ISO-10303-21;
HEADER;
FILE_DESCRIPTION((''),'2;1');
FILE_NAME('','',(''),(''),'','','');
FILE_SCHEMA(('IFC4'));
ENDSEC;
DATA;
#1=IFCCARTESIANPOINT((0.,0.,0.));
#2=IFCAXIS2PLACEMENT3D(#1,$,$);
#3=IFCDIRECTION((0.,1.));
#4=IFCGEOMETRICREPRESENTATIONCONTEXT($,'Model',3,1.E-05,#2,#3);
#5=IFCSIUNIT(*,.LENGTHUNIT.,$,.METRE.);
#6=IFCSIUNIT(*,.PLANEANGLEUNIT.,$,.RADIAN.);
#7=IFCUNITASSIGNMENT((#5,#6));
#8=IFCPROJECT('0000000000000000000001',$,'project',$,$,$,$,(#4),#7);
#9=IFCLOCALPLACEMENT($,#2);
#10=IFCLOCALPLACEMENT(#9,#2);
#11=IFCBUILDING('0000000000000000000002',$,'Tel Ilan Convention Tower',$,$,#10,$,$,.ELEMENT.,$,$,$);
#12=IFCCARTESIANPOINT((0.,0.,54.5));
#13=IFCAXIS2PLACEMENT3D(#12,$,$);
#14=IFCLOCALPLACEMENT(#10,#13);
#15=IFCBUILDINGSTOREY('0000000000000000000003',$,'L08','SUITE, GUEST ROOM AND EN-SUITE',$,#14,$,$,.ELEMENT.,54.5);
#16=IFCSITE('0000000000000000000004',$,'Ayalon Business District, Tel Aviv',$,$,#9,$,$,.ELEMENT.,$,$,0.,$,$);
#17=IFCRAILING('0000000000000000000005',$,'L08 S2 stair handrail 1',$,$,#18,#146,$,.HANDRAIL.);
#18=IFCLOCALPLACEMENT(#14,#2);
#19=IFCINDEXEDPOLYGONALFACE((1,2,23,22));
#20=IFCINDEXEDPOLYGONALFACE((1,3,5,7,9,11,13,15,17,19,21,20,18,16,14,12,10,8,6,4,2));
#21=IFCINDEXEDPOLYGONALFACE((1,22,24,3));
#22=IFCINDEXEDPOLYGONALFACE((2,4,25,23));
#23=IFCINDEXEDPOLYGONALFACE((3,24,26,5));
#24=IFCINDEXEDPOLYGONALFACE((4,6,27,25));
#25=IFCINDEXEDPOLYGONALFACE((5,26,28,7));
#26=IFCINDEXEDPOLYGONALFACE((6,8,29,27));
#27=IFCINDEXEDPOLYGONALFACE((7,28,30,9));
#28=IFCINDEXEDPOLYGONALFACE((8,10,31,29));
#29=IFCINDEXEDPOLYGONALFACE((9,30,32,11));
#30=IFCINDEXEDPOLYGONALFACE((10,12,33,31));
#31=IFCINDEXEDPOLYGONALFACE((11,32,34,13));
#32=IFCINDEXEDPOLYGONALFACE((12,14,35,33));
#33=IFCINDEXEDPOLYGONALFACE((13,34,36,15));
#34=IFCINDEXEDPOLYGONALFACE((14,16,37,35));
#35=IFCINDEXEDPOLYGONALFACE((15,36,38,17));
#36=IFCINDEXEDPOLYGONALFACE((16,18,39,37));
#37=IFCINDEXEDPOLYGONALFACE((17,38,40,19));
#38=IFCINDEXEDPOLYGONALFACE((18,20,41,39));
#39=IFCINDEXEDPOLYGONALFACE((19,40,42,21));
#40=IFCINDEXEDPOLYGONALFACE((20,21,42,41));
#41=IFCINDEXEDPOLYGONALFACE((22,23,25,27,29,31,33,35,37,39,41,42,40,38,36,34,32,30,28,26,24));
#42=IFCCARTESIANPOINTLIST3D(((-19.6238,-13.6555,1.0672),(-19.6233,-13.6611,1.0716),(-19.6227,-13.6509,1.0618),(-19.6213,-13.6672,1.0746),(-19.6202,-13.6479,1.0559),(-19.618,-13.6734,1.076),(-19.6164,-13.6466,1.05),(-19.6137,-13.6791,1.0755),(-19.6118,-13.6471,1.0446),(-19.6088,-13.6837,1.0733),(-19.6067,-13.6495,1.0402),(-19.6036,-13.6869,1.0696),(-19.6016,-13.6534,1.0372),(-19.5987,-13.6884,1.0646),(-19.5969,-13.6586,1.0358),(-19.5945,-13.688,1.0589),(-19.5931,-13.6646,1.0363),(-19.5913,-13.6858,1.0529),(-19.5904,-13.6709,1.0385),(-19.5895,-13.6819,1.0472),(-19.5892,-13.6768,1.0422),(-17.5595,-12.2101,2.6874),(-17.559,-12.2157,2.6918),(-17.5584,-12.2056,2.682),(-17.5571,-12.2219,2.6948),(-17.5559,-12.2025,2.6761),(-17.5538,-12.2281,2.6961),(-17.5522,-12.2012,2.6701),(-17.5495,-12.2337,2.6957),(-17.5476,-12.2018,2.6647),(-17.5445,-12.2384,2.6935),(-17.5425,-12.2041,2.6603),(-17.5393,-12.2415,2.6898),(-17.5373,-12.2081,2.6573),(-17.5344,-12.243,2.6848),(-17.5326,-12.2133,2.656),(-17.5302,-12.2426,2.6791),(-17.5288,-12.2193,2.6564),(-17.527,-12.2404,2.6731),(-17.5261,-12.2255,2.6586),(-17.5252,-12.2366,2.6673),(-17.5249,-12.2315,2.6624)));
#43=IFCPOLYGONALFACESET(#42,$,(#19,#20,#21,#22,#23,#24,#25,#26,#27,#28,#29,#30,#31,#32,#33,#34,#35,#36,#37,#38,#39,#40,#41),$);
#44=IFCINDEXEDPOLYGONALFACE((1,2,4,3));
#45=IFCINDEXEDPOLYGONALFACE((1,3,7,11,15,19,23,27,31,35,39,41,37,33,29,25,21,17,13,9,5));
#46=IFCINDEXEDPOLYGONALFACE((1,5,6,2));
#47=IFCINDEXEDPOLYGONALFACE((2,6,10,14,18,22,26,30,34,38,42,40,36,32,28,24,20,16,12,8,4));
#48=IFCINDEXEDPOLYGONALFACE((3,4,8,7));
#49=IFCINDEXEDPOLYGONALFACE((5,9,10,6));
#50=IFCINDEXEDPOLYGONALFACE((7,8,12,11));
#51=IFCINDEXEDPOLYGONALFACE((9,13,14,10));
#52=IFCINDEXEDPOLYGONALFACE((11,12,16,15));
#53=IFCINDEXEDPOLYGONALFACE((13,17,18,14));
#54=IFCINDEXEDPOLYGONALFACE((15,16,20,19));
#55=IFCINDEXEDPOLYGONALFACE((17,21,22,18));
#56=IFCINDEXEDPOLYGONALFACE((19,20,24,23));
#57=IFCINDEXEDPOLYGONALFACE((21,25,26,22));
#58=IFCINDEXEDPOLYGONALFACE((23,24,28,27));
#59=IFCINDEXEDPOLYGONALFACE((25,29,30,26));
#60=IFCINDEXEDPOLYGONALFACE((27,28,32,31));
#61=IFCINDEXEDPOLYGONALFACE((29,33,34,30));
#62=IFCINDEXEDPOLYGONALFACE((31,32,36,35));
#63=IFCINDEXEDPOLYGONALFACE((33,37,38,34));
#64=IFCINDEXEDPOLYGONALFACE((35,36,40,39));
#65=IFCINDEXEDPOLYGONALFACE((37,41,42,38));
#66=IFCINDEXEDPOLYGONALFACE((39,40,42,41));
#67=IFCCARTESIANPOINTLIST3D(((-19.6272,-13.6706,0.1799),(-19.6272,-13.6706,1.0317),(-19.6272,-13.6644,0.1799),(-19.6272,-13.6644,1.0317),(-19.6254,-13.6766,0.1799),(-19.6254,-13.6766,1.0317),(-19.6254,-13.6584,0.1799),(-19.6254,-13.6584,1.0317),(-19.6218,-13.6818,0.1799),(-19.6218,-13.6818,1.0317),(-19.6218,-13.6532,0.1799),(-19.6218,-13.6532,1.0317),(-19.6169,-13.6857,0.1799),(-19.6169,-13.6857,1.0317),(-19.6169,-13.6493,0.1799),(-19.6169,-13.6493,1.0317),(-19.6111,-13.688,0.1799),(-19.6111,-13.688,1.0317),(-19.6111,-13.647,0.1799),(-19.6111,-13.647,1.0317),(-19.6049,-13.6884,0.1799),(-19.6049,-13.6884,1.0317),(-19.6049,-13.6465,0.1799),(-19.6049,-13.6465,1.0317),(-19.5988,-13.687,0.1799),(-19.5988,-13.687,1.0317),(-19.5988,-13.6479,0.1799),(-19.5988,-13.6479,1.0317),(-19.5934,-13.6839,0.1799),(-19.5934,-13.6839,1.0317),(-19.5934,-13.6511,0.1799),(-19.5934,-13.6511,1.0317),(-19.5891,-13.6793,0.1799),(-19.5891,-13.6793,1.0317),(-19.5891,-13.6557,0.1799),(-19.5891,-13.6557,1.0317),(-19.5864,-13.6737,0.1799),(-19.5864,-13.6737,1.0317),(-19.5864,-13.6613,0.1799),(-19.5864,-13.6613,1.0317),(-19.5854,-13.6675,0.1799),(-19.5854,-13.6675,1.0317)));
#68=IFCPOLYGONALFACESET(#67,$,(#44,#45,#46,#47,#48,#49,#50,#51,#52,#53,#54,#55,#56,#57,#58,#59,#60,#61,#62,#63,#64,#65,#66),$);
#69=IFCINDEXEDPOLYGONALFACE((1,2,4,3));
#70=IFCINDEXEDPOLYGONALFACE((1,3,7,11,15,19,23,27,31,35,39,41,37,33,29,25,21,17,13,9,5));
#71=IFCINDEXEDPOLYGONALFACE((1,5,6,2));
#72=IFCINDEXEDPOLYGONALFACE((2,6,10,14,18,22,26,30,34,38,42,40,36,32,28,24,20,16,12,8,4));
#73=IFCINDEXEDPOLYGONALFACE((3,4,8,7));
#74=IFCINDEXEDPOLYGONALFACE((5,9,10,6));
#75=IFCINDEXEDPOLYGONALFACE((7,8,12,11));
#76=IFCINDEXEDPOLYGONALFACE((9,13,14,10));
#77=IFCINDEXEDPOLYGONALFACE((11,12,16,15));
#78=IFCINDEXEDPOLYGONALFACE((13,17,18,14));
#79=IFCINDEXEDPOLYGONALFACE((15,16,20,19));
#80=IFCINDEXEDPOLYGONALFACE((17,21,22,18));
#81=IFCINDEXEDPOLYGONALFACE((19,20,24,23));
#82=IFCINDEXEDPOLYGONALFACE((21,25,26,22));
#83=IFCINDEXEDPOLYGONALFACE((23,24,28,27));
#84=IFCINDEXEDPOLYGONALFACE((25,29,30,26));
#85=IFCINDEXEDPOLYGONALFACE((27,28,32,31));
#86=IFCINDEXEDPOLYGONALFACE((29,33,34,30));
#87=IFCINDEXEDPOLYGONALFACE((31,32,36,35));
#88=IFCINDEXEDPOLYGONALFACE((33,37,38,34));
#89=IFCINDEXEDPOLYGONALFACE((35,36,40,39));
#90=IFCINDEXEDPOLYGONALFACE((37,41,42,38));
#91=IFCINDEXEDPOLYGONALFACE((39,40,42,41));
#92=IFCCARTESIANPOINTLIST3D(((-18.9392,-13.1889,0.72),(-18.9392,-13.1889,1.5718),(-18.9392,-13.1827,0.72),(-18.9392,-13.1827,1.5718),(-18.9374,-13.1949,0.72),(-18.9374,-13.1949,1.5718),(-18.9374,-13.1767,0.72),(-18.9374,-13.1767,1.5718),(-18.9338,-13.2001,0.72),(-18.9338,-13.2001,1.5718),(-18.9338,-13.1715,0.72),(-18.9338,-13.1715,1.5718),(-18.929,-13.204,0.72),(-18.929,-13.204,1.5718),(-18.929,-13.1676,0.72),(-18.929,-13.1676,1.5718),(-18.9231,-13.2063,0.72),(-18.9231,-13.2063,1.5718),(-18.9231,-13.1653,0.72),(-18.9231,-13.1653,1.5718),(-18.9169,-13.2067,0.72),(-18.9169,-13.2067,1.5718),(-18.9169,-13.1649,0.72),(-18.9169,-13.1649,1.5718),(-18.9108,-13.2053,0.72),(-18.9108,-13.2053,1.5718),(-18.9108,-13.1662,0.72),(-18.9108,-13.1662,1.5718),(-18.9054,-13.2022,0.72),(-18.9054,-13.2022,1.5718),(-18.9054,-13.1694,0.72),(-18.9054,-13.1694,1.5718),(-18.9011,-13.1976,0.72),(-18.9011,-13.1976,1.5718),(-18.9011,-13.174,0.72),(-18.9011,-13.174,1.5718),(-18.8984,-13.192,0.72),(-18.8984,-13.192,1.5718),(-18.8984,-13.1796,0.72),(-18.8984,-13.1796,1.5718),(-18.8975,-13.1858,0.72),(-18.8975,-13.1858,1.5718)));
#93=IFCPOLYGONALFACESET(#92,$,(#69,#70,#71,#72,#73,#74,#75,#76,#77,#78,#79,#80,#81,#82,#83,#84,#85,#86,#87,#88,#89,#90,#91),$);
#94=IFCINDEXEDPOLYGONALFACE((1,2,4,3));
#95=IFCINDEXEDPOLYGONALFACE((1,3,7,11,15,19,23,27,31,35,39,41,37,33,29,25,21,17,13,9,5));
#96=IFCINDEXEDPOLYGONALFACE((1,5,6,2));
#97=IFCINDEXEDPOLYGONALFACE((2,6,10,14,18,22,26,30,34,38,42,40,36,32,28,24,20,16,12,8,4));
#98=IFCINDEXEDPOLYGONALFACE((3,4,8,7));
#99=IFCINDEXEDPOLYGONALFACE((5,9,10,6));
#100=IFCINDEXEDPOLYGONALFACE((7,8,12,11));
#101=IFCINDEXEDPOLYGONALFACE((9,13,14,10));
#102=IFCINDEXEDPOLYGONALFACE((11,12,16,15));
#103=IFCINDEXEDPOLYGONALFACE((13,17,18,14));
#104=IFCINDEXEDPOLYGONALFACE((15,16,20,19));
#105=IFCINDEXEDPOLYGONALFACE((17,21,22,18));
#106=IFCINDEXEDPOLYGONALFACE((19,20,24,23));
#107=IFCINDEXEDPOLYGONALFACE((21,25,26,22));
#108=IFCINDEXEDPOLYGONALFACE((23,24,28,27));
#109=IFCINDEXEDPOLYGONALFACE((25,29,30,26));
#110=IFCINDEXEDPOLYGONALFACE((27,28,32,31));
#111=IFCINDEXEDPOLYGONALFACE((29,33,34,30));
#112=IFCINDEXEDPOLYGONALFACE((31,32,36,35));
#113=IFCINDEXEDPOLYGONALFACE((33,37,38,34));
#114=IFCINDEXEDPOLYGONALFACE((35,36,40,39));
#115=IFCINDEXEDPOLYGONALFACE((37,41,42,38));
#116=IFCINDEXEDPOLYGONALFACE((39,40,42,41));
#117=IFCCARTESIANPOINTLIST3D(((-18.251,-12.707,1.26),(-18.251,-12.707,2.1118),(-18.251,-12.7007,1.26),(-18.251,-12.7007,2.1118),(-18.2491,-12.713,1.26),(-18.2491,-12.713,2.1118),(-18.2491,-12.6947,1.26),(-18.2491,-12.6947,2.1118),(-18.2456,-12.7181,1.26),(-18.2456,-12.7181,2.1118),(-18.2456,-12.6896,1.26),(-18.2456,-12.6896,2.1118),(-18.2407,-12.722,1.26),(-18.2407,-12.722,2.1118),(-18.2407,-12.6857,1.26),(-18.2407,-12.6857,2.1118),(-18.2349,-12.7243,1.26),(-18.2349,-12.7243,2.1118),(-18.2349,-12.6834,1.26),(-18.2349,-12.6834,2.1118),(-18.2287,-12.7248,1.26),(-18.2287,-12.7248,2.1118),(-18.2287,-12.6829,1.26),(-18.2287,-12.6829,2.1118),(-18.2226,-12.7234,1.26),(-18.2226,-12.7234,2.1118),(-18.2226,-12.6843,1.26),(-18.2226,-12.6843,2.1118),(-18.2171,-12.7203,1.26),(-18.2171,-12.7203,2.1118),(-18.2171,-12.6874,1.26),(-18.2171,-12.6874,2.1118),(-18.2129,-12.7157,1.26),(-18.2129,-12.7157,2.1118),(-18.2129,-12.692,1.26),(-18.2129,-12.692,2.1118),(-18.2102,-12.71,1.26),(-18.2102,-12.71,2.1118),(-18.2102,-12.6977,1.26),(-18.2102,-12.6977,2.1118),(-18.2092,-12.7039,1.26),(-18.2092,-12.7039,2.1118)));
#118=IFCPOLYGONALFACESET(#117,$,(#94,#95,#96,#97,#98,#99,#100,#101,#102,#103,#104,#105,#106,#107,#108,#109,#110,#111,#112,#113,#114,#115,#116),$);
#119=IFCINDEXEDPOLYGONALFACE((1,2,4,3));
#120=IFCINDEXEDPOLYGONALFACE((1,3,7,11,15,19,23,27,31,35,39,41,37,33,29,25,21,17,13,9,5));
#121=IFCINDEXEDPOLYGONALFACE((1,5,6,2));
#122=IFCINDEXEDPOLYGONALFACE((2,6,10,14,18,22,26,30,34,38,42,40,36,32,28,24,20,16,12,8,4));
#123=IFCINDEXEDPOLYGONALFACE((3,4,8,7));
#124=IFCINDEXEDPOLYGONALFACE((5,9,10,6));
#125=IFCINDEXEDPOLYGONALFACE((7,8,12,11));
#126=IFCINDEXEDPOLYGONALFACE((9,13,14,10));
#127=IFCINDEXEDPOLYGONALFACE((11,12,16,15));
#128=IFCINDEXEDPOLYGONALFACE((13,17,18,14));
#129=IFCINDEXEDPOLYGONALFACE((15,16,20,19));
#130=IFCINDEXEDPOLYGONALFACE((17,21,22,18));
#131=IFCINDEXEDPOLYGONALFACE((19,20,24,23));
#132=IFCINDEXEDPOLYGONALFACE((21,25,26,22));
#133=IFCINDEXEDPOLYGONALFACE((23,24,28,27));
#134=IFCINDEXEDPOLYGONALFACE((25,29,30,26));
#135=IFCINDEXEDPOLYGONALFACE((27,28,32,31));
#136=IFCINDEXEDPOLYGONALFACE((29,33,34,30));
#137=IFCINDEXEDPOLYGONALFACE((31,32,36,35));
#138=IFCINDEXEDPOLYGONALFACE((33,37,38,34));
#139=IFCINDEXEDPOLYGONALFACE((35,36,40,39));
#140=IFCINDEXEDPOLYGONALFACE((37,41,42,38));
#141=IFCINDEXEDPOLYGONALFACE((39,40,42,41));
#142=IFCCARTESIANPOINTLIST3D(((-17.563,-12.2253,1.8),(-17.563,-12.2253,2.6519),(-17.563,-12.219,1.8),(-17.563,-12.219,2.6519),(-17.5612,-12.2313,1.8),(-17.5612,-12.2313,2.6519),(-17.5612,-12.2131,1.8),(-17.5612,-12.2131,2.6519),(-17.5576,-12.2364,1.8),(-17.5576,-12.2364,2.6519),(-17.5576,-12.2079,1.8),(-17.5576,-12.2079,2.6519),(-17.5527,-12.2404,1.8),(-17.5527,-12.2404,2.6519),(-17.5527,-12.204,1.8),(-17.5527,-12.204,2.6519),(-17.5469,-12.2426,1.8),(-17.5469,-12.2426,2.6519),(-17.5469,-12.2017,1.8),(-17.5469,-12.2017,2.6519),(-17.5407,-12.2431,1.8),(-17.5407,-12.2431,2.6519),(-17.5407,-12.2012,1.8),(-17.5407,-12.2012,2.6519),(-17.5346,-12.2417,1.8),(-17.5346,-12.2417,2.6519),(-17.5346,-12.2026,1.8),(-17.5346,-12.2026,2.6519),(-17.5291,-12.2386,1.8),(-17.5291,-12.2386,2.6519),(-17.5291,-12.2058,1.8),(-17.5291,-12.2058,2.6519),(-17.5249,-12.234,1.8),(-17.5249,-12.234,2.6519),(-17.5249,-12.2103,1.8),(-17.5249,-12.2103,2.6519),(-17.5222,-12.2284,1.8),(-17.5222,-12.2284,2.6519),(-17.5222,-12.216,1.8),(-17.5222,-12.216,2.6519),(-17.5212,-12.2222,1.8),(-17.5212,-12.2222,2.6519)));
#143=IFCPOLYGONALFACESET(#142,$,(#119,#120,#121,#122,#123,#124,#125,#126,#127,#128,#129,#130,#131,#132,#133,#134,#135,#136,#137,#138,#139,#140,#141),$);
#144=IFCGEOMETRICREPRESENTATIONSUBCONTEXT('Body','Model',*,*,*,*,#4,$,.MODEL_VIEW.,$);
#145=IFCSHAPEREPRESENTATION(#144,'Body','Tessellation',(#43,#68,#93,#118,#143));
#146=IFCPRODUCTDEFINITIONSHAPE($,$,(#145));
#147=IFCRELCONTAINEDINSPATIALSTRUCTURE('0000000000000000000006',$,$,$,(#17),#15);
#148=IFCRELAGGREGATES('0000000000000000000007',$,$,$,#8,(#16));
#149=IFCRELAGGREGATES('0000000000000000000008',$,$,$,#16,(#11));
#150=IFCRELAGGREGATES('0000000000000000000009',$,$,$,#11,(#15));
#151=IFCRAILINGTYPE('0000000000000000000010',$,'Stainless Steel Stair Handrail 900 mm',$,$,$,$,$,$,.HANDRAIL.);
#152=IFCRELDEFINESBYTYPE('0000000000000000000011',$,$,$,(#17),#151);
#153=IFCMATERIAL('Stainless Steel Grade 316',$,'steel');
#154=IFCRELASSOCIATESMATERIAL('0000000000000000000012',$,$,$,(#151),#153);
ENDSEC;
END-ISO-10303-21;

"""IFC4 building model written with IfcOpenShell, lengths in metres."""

from ifc_helpers import new_model, si_unit, direction, frame, origin, origin_2d, place, context, subcontext, project, spatial, circle, extrude, material, type_object, element, save


model = new_model("IFC4")

# Units and contexts
model_context = context("Model", 3, precision=1e-05, world=origin(), true_north=direction((0.0, 1.0)))
body_context = subcontext(model_context, "Body", "Model", "MODEL_VIEW")
ifc_project = project(units=[si_unit("LENGTHUNIT", "METRE"), si_unit("PLANEANGLEUNIT", "RADIAN")], contexts=[model_context])

# Site, building, storey
site_placement = place(None, origin())
site = spatial("IfcSite", under=ifc_project, at=site_placement, Name="Ayalon Business District, Tel Aviv", CompositionType="ELEMENT", RefElevation=0.0)
building_placement = place(site_placement, origin())
building = spatial("IfcBuilding", under=site, at=building_placement, Name="Tel Ilan Convention Tower", CompositionType="ELEMENT")
storey_placement = place(building_placement, frame((0.0, 0.0, 54.5)))
storey = spatial("IfcBuildingStorey", under=building, at=storey_placement, Name="L08", Description="SUITE, GUEST ROOM AND EN-SUITE", CompositionType="ELEMENT", Elevation=54.5)

# Railing
ifc_material_1 = material(Name="Stainless Steel Grade 316", Category="steel")
railing_type_1 = type_object("IfcRailingType", Name="Stainless Steel Stair Handrail 900 mm", PredefinedType="HANDRAIL", material=ifc_material_1)
for number, where, name in (
    (1, (-19.6064, -13.6675, 0.1799), "L08 S2 stair handrail 1"),
):
    element("IfcRailing", number, at=place(storey_placement, frame(where)), inside=storey, type_object=railing_type_1, Name=name, PredefinedType="HANDRAIL", context=body_context, shape_type="SweptSolid", body=[
        extrude(circle(Radius=0.0239, at=origin_2d()), frame((0.0, 0.0, 0.876), z_axis=(0.68904, 0.48245, 0.540801), x_axis=(-0.57356, 0.819164, 0.0)), (0.0, 0.0, 1.0), 2.9958),
        extrude(circle(Radius=0.021, at=origin_2d()), origin(), (0.0, 0.0, 1.0), 0.8518),
        extrude(circle(Radius=0.021, at=origin_2d()), frame((0.688, 0.4817, 0.54)), (0.0, 0.0, 1.0), 0.8518),
        extrude(circle(Radius=0.021, at=origin_2d()), frame((1.3762, 0.9636, 1.0801)), (0.0, 0.0, 1.0), 0.8518),
        extrude(circle(Radius=0.021, at=origin_2d()), frame((2.0642, 1.4453, 1.6201)), (0.0, 0.0, 1.0), 0.8518),
    ])

save(model, "model.ifc")
